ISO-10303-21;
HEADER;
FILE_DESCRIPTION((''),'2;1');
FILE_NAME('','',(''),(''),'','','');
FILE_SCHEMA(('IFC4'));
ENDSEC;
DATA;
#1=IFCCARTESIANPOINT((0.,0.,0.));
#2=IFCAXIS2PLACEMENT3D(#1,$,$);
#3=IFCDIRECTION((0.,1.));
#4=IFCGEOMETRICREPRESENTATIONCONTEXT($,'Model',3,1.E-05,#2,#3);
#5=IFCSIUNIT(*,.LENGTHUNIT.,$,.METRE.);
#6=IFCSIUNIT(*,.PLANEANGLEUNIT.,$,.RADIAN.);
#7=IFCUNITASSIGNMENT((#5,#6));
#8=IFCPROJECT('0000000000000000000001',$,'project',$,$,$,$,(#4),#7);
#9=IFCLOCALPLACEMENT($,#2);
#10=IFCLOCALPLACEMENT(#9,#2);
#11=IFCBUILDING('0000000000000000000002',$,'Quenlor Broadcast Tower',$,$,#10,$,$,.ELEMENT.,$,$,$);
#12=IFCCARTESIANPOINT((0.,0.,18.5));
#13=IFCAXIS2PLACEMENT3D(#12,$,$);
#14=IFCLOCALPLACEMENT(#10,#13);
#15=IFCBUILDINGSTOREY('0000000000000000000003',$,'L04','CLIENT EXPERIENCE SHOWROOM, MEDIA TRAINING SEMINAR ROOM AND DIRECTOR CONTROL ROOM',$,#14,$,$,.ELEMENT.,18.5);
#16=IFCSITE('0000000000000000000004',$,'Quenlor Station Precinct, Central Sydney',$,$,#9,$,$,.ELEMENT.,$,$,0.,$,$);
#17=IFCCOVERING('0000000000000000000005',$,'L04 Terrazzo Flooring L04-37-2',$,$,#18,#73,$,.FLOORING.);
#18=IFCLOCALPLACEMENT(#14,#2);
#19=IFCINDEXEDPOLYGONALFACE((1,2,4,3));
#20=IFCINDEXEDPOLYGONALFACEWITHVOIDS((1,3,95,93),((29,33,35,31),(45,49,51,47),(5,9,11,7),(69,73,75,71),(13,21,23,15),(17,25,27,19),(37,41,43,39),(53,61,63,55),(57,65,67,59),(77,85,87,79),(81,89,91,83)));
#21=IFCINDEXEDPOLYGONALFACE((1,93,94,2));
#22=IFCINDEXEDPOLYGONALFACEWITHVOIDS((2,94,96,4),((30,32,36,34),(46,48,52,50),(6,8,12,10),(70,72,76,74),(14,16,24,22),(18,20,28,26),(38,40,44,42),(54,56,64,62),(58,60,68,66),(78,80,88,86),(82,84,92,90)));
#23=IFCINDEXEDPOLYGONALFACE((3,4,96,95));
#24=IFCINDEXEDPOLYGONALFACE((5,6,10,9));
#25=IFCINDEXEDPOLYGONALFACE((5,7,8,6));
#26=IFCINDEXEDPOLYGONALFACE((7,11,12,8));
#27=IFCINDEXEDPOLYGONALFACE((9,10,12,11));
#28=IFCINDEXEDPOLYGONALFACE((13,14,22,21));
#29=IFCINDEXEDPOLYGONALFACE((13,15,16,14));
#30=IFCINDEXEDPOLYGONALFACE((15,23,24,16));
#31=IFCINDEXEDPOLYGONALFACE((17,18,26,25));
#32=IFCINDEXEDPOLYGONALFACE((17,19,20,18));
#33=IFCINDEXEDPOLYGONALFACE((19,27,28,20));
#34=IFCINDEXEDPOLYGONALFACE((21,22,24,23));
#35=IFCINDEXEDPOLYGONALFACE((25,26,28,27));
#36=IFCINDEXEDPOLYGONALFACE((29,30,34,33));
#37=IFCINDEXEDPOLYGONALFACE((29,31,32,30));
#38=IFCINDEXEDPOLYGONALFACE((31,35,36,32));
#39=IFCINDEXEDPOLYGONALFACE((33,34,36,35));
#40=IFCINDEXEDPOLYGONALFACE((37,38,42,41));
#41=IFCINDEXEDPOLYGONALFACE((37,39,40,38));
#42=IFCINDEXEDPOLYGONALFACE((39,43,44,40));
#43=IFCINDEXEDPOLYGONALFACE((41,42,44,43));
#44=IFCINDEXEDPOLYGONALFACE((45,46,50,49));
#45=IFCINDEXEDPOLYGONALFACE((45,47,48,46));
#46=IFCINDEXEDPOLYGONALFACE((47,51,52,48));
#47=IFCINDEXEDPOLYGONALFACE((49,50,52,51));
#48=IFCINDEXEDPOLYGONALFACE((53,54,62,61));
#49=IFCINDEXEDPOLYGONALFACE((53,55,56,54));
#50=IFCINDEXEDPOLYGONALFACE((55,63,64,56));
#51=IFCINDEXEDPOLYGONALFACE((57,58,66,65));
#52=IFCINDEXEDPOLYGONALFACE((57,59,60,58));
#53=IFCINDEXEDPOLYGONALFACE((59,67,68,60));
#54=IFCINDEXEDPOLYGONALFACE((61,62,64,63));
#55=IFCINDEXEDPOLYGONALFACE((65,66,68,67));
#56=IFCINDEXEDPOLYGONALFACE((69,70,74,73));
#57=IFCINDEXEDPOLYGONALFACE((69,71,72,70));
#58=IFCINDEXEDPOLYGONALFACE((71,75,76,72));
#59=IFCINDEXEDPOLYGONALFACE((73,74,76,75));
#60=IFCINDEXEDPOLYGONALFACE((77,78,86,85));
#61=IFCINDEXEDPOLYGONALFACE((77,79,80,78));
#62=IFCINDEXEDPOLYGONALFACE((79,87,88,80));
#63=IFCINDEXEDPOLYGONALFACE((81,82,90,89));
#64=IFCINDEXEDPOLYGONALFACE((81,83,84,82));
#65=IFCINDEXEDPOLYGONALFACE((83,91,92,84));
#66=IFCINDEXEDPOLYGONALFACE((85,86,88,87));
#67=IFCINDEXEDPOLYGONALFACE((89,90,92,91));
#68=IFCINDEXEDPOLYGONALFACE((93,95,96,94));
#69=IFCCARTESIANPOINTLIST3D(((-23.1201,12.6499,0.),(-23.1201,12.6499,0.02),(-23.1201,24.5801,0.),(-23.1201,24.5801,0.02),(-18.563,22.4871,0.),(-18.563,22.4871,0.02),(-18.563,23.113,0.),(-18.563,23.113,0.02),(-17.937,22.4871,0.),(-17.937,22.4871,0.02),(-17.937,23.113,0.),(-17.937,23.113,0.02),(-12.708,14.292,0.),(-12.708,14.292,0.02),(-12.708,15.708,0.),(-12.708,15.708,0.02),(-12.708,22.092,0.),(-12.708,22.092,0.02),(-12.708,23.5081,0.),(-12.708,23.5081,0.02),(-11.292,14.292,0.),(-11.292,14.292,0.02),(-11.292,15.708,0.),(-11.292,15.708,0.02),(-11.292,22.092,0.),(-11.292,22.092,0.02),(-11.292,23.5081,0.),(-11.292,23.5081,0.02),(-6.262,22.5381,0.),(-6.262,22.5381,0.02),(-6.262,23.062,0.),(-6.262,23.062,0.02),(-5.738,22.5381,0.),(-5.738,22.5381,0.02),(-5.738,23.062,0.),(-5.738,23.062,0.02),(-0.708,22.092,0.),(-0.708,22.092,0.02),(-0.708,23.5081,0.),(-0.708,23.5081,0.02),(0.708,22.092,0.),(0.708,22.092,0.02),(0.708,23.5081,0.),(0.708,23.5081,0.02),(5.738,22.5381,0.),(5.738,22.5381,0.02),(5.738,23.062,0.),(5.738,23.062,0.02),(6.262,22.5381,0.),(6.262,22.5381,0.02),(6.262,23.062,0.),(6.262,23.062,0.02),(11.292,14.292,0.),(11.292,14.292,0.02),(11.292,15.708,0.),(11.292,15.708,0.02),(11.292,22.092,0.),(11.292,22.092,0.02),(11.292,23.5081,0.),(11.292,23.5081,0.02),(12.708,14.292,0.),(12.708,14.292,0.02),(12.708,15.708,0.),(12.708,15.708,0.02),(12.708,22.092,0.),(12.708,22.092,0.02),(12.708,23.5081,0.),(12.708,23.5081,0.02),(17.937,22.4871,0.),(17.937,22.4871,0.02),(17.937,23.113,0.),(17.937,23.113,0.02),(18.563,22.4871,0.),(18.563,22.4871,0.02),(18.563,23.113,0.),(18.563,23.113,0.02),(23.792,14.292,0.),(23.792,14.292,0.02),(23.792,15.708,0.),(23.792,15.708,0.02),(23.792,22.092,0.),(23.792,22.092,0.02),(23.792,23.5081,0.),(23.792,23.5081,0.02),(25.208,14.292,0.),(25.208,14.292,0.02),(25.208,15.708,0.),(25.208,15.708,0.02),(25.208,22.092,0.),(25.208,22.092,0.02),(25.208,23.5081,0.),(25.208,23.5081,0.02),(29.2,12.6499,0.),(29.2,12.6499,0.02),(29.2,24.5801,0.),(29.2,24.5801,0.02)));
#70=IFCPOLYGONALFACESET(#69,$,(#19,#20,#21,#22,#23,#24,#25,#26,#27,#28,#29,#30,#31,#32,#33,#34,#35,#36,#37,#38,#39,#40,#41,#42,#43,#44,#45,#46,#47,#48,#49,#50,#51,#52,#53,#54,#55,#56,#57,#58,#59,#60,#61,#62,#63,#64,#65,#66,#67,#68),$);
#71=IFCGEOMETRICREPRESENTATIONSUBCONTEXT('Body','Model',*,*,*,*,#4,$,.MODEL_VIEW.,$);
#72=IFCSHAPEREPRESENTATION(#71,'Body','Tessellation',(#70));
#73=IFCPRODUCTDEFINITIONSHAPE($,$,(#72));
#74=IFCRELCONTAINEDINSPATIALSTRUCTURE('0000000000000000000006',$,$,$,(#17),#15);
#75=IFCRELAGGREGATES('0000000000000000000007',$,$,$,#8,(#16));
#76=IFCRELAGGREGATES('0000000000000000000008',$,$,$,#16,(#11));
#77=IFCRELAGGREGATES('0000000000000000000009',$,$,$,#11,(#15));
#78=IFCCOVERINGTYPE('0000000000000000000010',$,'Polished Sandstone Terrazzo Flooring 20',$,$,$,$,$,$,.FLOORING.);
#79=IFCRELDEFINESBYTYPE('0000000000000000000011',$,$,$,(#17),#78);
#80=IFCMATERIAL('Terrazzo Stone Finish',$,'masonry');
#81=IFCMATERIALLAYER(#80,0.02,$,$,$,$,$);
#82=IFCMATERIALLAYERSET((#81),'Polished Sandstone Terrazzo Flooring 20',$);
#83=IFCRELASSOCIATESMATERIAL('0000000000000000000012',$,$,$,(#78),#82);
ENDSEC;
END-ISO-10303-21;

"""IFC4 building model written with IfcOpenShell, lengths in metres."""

from ifc_helpers import new_model, si_unit, direction, frame, origin, place, context, subcontext, project, spatial, polyline, outline, extrude, material, layer, layer_set, type_object, element, save


model = new_model("IFC4")

# Units and contexts
model_context = context("Model", 3, precision=1e-05, world=origin(), true_north=direction((0.0, 1.0)))
body_context = subcontext(model_context, "Body", "Model", "MODEL_VIEW")
ifc_project = project(units=[si_unit("LENGTHUNIT", "METRE"), si_unit("PLANEANGLEUNIT", "RADIAN")], contexts=[model_context])

# Site, building, storey
site_placement = place(None, origin())
site = spatial("IfcSite", under=ifc_project, at=site_placement, Name="Quenlor Station Precinct, Central Sydney", CompositionType="ELEMENT", RefElevation=0.0)
building_placement = place(site_placement, origin())
building = spatial("IfcBuilding", under=site, at=building_placement, Name="Quenlor Broadcast Tower", CompositionType="ELEMENT")
storey_placement = place(building_placement, frame((0.0, 0.0, 18.5)))
storey = spatial("IfcBuildingStorey", under=building, at=storey_placement, Name="L04", Description="CLIENT EXPERIENCE SHOWROOM, MEDIA TRAINING SEMINAR ROOM AND DIRECTOR CONTROL ROOM", CompositionType="ELEMENT", Elevation=18.5)

# Covering
ifc_material_1 = material(Name="Terrazzo Stone Finish", Category="masonry")
ifc_layer_1 = layer(ifc_material_1, 0.02)
ifc_layer_set_1 = layer_set([ifc_layer_1], Name="Polished Sandstone Terrazzo Flooring 20")
covering_type_1 = type_object("IfcCoveringType", Name="Polished Sandstone Terrazzo Flooring 20", PredefinedType="FLOORING", material=ifc_layer_set_1)
covering_1_placement = place(storey_placement, origin())
element("IfcCovering", 1, at=covering_1_placement, inside=storey, type_object=covering_type_1, Name="L04 Terrazzo Flooring L04-37-2", PredefinedType="FLOORING", context=body_context, shape_type="SweptSolid", body=[
    extrude(outline(polyline([(29.2, 24.5801), (29.2, 12.6499), (-23.1201, 12.6499), (-23.1201, 24.5801), (29.2, 24.5801)]), holes=[polyline([(-17.937, 22.4871), (-17.937, 23.113), (-18.563, 23.113), (-18.563, 22.4871), (-17.937, 22.4871)]), polyline([(12.708, 14.292), (12.708, 15.708), (11.292, 15.708), (11.292, 14.292), (12.708, 14.292)]), polyline([(-11.292, 15.708), (-12.708, 15.708), (-12.708, 14.292), (-11.292, 14.292), (-11.292, 15.708)]), polyline([(0.708, 22.092), (0.708, 23.5081), (-0.708, 23.5081), (-0.708, 22.092), (0.708, 22.092)]), polyline([(12.708, 22.092), (12.708, 23.5081), (11.292, 23.5081), (11.292, 22.092), (12.708, 22.092)]), polyline([(6.262, 23.062), (5.738, 23.062), (5.738, 22.5381), (6.262, 22.5381), (6.262, 23.062)]), polyline([(-5.738, 22.5381), (-5.738, 23.062), (-6.262, 23.062), (-6.262, 22.5381), (-5.738, 22.5381)]), polyline([(-11.292, 22.092), (-11.292, 23.5081), (-12.708, 23.5081), (-12.708, 22.092), (-11.292, 22.092)]), polyline([(25.208, 14.292), (25.208, 15.708), (23.792, 15.708), (23.792, 14.292), (25.208, 14.292)]), polyline([(25.208, 22.092), (25.208, 23.5081), (23.792, 23.5081), (23.792, 22.092), (25.208, 22.092)]), polyline([(18.563, 22.4871), (18.563, 23.113), (17.937, 23.113), (17.937, 22.4871), (18.563, 22.4871)])]), origin(), (0.0, 0.0, 1.0), 0.02),
])

save(model, "model.ifc")
